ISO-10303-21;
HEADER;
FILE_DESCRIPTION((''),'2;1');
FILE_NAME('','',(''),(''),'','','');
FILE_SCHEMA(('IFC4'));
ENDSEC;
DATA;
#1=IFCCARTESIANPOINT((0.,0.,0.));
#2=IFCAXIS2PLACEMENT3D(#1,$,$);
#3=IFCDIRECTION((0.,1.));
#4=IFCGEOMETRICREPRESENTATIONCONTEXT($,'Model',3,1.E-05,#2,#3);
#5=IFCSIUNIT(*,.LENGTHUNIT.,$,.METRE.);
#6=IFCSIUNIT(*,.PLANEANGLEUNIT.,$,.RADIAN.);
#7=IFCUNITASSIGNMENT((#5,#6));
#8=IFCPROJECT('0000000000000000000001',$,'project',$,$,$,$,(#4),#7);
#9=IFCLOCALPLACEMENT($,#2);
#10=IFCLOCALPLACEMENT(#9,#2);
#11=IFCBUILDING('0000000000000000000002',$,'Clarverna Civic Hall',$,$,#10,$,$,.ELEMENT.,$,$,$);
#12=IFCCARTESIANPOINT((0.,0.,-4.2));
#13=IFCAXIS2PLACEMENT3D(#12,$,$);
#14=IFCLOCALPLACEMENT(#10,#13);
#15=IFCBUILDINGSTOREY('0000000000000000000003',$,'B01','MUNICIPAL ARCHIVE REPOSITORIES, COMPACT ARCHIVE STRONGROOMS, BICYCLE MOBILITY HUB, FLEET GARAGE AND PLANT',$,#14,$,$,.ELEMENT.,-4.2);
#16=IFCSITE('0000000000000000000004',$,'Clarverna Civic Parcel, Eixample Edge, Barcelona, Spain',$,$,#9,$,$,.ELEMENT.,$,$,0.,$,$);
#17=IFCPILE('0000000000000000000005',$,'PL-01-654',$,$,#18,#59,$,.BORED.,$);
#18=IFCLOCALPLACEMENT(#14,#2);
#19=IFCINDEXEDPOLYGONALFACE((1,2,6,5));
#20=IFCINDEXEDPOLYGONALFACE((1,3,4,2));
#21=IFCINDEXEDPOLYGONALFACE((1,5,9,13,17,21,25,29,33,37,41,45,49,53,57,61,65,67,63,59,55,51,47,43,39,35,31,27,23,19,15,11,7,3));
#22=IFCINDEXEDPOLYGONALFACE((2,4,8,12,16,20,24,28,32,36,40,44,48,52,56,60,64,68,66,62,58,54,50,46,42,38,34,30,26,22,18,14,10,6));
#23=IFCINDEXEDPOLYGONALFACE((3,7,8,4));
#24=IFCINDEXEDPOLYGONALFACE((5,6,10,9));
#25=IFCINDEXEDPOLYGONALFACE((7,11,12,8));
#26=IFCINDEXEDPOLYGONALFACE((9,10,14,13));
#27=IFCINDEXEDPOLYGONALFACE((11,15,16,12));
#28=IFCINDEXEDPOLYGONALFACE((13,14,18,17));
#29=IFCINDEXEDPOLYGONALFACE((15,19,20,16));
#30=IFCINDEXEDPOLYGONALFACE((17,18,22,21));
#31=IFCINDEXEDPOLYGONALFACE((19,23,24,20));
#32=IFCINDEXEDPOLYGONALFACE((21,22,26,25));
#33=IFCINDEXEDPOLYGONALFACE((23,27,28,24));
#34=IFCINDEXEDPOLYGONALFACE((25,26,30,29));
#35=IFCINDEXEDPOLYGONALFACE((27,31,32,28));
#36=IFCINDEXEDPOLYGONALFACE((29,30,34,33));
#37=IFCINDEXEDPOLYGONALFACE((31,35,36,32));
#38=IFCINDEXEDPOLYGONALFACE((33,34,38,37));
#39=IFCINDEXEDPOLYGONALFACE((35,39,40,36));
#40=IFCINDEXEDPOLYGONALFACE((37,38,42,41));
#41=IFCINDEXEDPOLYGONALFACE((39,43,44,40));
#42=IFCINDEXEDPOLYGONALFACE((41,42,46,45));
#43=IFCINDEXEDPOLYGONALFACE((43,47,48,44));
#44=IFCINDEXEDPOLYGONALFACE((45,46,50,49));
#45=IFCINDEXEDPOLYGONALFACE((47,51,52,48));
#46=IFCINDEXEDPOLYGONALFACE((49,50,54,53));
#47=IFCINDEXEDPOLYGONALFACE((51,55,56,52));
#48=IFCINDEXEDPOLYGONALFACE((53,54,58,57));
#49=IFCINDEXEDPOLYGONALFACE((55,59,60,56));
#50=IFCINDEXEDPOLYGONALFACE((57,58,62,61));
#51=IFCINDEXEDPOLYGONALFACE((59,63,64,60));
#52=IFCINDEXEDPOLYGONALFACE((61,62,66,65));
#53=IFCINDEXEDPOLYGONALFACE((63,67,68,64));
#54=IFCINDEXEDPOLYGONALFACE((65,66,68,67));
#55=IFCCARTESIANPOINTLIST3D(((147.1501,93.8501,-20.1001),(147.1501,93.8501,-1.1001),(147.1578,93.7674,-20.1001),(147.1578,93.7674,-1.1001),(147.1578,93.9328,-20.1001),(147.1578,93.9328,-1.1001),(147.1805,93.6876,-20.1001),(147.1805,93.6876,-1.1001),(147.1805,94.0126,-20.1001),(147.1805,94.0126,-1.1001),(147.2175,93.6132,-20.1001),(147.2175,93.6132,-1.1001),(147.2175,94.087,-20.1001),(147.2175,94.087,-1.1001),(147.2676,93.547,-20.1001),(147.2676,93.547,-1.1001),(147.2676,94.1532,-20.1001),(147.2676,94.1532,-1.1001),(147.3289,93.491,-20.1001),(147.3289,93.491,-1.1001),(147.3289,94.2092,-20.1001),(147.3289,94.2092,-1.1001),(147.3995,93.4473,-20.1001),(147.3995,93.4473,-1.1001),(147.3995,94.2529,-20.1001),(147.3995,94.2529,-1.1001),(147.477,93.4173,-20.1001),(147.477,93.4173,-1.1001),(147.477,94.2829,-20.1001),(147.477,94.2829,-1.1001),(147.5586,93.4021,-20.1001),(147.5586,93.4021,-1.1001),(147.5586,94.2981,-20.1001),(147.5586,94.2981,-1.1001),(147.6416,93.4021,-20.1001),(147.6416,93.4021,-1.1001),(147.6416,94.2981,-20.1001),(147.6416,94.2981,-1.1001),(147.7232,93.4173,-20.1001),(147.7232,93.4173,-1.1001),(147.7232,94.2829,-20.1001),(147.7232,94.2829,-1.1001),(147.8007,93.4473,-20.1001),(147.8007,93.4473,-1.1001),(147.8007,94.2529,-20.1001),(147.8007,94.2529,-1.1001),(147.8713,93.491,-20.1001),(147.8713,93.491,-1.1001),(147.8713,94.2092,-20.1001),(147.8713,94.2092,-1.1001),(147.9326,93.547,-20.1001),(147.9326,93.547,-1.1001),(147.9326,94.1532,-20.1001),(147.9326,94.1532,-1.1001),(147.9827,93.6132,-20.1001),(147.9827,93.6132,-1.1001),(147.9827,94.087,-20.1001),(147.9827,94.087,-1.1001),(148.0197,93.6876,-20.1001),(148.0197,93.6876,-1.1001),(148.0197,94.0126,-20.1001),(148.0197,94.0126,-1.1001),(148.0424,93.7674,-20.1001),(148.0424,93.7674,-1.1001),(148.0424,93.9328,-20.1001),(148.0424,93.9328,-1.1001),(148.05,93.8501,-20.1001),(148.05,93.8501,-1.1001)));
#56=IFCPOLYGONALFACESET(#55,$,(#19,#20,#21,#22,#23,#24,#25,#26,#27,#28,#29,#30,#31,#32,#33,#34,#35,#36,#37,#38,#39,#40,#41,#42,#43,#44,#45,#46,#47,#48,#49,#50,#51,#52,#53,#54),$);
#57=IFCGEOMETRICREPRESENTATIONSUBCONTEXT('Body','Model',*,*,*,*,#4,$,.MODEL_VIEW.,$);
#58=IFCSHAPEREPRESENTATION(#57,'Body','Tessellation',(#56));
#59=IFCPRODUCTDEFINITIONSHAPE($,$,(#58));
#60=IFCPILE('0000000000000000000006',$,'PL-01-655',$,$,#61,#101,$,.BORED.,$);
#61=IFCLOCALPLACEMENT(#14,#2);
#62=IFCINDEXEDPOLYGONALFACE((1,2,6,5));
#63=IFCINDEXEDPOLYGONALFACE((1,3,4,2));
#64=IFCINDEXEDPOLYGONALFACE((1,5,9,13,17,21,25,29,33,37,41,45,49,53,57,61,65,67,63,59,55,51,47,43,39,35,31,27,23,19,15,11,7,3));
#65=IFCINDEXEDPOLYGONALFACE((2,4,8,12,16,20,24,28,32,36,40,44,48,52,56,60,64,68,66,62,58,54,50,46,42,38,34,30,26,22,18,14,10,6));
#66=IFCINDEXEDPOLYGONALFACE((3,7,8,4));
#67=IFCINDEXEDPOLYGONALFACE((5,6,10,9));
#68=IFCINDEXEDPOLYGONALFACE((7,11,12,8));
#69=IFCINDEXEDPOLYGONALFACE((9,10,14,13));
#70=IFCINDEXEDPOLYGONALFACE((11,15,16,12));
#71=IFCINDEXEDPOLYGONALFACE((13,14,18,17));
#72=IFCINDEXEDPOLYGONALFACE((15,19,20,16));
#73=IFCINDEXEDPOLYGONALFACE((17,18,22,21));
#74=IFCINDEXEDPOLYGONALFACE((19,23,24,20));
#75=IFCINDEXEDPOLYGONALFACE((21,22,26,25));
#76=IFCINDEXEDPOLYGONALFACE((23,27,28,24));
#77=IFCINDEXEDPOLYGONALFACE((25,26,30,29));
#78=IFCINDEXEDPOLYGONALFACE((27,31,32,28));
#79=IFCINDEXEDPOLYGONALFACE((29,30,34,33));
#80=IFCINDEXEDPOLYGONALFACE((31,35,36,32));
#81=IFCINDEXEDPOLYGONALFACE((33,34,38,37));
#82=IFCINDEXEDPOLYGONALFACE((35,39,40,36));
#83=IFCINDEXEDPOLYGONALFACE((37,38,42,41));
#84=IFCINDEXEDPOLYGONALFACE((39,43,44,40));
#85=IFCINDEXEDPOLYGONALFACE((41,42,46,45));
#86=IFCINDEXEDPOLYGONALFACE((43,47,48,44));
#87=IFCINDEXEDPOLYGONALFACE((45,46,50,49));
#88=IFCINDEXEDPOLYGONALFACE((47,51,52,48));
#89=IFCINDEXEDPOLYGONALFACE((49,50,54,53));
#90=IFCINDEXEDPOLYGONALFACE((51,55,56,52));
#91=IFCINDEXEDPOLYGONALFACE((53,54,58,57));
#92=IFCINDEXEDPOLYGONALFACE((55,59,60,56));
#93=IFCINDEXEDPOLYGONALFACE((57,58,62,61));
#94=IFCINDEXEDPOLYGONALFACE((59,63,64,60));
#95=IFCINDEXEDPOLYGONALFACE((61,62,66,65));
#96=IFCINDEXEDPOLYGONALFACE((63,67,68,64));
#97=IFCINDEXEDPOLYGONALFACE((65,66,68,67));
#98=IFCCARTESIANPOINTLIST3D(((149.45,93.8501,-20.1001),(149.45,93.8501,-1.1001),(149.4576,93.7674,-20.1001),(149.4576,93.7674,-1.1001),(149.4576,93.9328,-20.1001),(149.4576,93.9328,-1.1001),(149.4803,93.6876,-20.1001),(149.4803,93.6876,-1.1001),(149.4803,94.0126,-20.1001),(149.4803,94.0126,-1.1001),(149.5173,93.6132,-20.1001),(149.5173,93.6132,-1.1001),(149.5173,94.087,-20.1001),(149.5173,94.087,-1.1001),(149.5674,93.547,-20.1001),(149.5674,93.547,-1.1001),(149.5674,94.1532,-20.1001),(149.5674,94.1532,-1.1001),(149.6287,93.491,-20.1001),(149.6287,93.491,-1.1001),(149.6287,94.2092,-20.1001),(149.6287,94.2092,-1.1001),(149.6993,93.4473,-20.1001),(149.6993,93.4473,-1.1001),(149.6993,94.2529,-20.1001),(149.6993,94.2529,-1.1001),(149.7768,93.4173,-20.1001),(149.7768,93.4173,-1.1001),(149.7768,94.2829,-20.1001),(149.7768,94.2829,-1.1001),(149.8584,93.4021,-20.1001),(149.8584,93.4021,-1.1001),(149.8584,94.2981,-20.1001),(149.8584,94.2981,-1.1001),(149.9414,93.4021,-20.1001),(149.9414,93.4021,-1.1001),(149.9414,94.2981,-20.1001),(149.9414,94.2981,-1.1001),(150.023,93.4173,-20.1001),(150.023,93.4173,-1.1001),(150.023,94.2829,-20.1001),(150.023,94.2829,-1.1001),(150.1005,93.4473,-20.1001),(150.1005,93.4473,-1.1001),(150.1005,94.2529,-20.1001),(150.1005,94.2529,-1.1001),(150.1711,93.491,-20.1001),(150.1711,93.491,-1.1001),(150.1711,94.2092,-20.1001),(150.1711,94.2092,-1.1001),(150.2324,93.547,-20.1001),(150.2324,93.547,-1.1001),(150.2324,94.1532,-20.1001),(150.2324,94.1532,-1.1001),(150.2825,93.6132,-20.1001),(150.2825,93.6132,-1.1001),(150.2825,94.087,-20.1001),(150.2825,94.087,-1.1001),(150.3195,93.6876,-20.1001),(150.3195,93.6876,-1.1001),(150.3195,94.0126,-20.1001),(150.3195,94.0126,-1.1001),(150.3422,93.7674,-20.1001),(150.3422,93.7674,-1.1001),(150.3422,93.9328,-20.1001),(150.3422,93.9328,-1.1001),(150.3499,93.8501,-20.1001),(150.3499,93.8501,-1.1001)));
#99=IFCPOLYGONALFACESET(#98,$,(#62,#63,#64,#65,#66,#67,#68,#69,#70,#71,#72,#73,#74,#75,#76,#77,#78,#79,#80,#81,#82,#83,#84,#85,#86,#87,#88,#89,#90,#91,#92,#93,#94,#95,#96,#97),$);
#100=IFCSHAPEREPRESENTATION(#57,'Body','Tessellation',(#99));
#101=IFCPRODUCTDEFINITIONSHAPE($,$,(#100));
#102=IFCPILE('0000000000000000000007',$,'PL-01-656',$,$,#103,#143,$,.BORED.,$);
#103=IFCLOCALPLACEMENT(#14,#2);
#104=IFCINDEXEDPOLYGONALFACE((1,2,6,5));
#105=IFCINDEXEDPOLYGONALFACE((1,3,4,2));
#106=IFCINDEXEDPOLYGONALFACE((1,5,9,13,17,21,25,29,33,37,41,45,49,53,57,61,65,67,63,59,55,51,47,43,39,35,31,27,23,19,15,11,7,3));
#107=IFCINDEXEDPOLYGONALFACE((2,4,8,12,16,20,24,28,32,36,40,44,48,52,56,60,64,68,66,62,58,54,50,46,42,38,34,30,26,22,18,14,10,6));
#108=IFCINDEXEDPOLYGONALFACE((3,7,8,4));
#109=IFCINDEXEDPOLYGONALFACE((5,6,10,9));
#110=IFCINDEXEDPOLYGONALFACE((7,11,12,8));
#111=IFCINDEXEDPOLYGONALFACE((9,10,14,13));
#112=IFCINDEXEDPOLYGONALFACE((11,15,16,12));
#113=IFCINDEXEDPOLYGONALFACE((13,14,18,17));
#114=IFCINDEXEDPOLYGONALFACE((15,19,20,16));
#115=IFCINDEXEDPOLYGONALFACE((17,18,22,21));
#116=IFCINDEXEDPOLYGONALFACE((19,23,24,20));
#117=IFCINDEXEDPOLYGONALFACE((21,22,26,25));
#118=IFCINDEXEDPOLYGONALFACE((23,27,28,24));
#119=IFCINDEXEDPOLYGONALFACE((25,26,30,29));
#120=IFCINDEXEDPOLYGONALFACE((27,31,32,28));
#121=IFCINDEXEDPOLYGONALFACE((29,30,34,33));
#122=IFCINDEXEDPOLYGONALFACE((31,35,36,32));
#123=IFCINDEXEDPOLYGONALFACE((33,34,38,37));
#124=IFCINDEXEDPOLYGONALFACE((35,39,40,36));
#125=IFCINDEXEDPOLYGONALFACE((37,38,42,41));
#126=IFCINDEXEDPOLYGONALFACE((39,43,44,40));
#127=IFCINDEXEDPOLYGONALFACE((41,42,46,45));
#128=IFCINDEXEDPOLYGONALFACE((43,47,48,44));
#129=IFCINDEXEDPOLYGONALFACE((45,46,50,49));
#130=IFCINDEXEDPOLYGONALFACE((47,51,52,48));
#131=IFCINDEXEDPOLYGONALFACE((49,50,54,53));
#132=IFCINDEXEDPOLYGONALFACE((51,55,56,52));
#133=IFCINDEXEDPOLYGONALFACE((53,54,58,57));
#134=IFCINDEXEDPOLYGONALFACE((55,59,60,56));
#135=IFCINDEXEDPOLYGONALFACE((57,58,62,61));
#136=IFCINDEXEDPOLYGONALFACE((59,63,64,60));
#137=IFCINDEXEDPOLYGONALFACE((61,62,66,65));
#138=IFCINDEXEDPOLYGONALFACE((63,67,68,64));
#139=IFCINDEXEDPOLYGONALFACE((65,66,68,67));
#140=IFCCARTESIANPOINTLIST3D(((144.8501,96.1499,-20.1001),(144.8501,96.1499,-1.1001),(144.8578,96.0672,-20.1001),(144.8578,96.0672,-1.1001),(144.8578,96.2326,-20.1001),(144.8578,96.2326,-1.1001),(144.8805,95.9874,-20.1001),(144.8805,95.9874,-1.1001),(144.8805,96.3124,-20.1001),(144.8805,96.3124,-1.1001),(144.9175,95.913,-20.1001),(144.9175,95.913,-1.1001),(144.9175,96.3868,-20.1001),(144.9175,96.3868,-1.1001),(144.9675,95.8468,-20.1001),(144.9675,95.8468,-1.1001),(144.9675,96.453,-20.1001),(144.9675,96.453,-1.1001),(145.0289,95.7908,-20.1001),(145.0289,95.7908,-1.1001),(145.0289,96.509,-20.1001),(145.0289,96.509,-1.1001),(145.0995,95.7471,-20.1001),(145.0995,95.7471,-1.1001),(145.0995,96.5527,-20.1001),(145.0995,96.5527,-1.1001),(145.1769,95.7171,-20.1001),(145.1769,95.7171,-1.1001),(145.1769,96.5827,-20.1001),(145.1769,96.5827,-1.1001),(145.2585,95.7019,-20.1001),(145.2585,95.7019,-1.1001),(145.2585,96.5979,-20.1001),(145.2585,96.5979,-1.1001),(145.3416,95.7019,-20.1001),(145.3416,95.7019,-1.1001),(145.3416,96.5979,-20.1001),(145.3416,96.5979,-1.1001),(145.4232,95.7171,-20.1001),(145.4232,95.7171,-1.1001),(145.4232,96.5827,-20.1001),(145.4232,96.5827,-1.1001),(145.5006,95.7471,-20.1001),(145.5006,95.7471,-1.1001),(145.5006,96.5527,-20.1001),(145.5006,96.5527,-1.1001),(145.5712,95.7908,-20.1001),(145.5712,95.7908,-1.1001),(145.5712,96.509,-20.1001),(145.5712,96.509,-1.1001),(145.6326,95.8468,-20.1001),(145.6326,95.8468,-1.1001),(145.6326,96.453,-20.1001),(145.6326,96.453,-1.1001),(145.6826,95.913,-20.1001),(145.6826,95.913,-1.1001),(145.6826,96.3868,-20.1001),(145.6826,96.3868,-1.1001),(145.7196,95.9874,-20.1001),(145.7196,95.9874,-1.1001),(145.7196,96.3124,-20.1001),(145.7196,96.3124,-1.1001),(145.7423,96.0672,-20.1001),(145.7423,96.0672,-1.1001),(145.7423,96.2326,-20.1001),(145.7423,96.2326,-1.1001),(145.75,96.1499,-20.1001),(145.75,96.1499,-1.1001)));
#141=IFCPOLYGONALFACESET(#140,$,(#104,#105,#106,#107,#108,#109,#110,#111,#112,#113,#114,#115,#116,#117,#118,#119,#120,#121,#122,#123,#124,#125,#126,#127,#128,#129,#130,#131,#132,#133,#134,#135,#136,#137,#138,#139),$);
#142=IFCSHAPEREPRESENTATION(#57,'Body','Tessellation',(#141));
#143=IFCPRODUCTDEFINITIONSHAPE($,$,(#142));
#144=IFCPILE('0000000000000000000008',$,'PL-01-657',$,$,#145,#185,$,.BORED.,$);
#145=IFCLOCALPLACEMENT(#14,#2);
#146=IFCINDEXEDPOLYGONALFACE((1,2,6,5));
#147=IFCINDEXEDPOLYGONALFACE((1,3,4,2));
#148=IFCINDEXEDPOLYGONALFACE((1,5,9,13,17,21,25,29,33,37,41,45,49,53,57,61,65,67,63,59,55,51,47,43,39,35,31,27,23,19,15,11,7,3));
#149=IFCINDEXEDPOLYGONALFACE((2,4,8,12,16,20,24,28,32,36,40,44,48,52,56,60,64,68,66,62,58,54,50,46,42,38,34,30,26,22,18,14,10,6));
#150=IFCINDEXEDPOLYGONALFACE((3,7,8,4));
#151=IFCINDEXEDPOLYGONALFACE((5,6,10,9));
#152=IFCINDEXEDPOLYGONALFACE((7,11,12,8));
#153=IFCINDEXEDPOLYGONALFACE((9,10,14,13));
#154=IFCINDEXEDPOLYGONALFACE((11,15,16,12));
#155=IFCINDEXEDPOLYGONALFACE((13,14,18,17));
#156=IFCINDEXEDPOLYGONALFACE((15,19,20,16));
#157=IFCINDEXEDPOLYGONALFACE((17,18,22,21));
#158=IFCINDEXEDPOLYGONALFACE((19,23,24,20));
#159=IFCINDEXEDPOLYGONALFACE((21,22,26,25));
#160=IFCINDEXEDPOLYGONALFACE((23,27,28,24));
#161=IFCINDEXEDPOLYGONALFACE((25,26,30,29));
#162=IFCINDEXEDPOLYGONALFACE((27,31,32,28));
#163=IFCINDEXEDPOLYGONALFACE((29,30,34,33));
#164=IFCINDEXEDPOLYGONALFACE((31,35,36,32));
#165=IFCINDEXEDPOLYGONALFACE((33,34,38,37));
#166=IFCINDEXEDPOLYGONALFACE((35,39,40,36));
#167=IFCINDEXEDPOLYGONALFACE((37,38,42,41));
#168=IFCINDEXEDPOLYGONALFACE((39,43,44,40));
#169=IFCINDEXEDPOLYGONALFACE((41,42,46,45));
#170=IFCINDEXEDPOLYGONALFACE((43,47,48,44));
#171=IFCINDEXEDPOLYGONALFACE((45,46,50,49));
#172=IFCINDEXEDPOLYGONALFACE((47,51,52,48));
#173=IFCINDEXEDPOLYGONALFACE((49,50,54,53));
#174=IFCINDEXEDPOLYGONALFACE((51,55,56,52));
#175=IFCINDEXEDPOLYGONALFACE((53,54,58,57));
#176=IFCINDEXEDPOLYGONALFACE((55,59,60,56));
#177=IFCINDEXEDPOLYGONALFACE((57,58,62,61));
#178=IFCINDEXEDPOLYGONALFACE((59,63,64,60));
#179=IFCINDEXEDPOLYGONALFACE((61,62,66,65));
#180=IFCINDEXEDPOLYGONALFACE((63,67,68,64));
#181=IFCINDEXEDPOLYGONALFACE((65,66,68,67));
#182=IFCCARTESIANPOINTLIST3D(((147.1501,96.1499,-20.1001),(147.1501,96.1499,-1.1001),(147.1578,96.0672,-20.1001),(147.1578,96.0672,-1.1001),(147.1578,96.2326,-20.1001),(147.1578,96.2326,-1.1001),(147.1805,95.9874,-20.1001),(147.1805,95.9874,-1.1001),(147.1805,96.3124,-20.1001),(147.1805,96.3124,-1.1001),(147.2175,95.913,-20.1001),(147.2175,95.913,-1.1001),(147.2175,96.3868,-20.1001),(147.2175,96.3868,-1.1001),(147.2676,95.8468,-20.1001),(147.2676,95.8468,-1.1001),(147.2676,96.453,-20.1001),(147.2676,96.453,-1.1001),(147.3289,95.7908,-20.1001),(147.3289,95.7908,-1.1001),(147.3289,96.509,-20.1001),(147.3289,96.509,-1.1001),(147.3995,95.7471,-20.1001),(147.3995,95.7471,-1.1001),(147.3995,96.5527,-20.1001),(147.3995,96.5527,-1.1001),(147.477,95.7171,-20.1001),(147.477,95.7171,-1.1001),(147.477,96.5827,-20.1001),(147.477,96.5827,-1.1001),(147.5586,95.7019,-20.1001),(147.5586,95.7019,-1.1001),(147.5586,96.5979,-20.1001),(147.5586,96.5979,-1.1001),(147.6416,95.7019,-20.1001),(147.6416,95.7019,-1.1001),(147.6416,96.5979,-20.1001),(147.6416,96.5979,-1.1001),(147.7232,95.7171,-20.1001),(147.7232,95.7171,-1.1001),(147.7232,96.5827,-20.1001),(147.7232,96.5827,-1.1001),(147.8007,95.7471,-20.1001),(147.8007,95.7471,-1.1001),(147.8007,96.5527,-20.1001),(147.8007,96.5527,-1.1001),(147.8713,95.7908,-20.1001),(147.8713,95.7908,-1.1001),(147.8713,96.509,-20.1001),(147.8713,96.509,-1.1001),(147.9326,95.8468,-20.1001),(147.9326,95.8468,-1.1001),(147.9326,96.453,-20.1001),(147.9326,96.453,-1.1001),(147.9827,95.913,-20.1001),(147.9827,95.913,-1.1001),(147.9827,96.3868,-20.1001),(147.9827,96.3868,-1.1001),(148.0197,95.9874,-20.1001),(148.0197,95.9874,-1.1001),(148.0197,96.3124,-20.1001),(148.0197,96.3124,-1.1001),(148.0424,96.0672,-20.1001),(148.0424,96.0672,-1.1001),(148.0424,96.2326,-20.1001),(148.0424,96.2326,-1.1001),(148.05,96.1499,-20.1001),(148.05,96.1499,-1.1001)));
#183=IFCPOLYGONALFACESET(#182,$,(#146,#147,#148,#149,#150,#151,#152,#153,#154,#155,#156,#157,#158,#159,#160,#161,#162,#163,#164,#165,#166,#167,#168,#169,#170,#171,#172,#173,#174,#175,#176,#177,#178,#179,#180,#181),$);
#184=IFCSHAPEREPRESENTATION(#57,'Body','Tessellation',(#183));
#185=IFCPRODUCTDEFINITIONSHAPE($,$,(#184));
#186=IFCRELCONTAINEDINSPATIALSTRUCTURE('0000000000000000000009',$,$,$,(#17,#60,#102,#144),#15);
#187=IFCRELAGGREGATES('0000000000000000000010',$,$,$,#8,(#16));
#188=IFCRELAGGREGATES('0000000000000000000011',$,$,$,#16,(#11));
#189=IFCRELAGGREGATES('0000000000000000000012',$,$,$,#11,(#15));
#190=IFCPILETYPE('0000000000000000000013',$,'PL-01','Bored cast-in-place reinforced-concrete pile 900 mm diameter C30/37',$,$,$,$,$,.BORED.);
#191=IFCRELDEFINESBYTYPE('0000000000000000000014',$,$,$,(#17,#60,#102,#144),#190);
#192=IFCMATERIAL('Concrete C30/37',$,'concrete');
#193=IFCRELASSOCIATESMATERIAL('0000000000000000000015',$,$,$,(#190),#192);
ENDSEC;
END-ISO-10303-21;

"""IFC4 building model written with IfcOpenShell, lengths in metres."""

from ifc_helpers import new_model, si_unit, direction, frame, origin, origin_2d, place, context, subcontext, project, spatial, circle, extrude, material, material_profile, profile_set, type_object, element, save


model = new_model("IFC4")

# Units and contexts
model_context = context("Model", 3, precision=1e-05, world=origin(), true_north=direction((0.0, 1.0)))
body_context = subcontext(model_context, "Body", "Model", "MODEL_VIEW")
ifc_project = project(units=[si_unit("LENGTHUNIT", "METRE"), si_unit("PLANEANGLEUNIT", "RADIAN")], contexts=[model_context])

# Site, building, storey
site_placement = place(None, origin())
site = spatial("IfcSite", under=ifc_project, at=site_placement, Name="Clarverna Civic Parcel, Eixample Edge, Barcelona, Spain", CompositionType="ELEMENT", RefElevation=0.0)
building_placement = place(site_placement, origin())
building = spatial("IfcBuilding", under=site, at=building_placement, Name="Clarverna Civic Hall", CompositionType="ELEMENT")
storey_placement = place(building_placement, frame((0.0, 0.0, -4.2)))
storey = spatial("IfcBuildingStorey", under=building, at=storey_placement, Name="B01", Description="MUNICIPAL ARCHIVE REPOSITORIES, COMPACT ARCHIVE STRONGROOMS, BICYCLE MOBILITY HUB, FLEET GARAGE AND PLANT", CompositionType="ELEMENT", Elevation=-4.2)

# Shared definitions
ifc_material_1 = material(Name="Concrete C30/37", Category="concrete")

# Piles
ifc_material_profile_1 = material_profile(ifc_material_1, circle(Radius=0.45, at=origin_2d()), Name="BORED PILE D900")
ifc_profile_set_1 = profile_set([ifc_material_profile_1], Name="Concrete C30/37")
pile_type = type_object("IfcPileType", Name="PL-01", Description="Bored cast-in-place reinforced-concrete pile 900 mm diameter C30/37", PredefinedType="BORED", material=ifc_profile_set_1)
for number, where, z_axis, x_axis, name in (
    (1, (147.6001, 93.8501, -1.1001), (0.0, 0.0, -1.0), (1.0, 0.0, 0.0), "PL-01-654"),
    (2, (149.8999, 93.8501, -1.1001), (0.0, 0.0, -1.0), (1.0, 0.0, 0.0), "PL-01-655"),
    (3, (145.3, 96.1499, -1.1001), (0.0, 0.0, -1.0), (1.0, 0.0, 0.0), "PL-01-656"),
    (4, (147.6001, 96.1499, -1.1001), (0.0, 0.0, -1.0), (1.0, 0.0, 0.0), "PL-01-657"),
):
    element("IfcPile", number, at=place(storey_placement, frame(where, z_axis=z_axis, x_axis=x_axis)), inside=storey, type_object=pile_type, Name=name, PredefinedType="BORED", context=body_context, shape_type="SweptSolid", body=[
        extrude(circle(Radius=0.45, at=origin_2d()), origin(), (0.0, 0.0, 1.0), 19.0),
    ])

save(model, "model.ifc")
